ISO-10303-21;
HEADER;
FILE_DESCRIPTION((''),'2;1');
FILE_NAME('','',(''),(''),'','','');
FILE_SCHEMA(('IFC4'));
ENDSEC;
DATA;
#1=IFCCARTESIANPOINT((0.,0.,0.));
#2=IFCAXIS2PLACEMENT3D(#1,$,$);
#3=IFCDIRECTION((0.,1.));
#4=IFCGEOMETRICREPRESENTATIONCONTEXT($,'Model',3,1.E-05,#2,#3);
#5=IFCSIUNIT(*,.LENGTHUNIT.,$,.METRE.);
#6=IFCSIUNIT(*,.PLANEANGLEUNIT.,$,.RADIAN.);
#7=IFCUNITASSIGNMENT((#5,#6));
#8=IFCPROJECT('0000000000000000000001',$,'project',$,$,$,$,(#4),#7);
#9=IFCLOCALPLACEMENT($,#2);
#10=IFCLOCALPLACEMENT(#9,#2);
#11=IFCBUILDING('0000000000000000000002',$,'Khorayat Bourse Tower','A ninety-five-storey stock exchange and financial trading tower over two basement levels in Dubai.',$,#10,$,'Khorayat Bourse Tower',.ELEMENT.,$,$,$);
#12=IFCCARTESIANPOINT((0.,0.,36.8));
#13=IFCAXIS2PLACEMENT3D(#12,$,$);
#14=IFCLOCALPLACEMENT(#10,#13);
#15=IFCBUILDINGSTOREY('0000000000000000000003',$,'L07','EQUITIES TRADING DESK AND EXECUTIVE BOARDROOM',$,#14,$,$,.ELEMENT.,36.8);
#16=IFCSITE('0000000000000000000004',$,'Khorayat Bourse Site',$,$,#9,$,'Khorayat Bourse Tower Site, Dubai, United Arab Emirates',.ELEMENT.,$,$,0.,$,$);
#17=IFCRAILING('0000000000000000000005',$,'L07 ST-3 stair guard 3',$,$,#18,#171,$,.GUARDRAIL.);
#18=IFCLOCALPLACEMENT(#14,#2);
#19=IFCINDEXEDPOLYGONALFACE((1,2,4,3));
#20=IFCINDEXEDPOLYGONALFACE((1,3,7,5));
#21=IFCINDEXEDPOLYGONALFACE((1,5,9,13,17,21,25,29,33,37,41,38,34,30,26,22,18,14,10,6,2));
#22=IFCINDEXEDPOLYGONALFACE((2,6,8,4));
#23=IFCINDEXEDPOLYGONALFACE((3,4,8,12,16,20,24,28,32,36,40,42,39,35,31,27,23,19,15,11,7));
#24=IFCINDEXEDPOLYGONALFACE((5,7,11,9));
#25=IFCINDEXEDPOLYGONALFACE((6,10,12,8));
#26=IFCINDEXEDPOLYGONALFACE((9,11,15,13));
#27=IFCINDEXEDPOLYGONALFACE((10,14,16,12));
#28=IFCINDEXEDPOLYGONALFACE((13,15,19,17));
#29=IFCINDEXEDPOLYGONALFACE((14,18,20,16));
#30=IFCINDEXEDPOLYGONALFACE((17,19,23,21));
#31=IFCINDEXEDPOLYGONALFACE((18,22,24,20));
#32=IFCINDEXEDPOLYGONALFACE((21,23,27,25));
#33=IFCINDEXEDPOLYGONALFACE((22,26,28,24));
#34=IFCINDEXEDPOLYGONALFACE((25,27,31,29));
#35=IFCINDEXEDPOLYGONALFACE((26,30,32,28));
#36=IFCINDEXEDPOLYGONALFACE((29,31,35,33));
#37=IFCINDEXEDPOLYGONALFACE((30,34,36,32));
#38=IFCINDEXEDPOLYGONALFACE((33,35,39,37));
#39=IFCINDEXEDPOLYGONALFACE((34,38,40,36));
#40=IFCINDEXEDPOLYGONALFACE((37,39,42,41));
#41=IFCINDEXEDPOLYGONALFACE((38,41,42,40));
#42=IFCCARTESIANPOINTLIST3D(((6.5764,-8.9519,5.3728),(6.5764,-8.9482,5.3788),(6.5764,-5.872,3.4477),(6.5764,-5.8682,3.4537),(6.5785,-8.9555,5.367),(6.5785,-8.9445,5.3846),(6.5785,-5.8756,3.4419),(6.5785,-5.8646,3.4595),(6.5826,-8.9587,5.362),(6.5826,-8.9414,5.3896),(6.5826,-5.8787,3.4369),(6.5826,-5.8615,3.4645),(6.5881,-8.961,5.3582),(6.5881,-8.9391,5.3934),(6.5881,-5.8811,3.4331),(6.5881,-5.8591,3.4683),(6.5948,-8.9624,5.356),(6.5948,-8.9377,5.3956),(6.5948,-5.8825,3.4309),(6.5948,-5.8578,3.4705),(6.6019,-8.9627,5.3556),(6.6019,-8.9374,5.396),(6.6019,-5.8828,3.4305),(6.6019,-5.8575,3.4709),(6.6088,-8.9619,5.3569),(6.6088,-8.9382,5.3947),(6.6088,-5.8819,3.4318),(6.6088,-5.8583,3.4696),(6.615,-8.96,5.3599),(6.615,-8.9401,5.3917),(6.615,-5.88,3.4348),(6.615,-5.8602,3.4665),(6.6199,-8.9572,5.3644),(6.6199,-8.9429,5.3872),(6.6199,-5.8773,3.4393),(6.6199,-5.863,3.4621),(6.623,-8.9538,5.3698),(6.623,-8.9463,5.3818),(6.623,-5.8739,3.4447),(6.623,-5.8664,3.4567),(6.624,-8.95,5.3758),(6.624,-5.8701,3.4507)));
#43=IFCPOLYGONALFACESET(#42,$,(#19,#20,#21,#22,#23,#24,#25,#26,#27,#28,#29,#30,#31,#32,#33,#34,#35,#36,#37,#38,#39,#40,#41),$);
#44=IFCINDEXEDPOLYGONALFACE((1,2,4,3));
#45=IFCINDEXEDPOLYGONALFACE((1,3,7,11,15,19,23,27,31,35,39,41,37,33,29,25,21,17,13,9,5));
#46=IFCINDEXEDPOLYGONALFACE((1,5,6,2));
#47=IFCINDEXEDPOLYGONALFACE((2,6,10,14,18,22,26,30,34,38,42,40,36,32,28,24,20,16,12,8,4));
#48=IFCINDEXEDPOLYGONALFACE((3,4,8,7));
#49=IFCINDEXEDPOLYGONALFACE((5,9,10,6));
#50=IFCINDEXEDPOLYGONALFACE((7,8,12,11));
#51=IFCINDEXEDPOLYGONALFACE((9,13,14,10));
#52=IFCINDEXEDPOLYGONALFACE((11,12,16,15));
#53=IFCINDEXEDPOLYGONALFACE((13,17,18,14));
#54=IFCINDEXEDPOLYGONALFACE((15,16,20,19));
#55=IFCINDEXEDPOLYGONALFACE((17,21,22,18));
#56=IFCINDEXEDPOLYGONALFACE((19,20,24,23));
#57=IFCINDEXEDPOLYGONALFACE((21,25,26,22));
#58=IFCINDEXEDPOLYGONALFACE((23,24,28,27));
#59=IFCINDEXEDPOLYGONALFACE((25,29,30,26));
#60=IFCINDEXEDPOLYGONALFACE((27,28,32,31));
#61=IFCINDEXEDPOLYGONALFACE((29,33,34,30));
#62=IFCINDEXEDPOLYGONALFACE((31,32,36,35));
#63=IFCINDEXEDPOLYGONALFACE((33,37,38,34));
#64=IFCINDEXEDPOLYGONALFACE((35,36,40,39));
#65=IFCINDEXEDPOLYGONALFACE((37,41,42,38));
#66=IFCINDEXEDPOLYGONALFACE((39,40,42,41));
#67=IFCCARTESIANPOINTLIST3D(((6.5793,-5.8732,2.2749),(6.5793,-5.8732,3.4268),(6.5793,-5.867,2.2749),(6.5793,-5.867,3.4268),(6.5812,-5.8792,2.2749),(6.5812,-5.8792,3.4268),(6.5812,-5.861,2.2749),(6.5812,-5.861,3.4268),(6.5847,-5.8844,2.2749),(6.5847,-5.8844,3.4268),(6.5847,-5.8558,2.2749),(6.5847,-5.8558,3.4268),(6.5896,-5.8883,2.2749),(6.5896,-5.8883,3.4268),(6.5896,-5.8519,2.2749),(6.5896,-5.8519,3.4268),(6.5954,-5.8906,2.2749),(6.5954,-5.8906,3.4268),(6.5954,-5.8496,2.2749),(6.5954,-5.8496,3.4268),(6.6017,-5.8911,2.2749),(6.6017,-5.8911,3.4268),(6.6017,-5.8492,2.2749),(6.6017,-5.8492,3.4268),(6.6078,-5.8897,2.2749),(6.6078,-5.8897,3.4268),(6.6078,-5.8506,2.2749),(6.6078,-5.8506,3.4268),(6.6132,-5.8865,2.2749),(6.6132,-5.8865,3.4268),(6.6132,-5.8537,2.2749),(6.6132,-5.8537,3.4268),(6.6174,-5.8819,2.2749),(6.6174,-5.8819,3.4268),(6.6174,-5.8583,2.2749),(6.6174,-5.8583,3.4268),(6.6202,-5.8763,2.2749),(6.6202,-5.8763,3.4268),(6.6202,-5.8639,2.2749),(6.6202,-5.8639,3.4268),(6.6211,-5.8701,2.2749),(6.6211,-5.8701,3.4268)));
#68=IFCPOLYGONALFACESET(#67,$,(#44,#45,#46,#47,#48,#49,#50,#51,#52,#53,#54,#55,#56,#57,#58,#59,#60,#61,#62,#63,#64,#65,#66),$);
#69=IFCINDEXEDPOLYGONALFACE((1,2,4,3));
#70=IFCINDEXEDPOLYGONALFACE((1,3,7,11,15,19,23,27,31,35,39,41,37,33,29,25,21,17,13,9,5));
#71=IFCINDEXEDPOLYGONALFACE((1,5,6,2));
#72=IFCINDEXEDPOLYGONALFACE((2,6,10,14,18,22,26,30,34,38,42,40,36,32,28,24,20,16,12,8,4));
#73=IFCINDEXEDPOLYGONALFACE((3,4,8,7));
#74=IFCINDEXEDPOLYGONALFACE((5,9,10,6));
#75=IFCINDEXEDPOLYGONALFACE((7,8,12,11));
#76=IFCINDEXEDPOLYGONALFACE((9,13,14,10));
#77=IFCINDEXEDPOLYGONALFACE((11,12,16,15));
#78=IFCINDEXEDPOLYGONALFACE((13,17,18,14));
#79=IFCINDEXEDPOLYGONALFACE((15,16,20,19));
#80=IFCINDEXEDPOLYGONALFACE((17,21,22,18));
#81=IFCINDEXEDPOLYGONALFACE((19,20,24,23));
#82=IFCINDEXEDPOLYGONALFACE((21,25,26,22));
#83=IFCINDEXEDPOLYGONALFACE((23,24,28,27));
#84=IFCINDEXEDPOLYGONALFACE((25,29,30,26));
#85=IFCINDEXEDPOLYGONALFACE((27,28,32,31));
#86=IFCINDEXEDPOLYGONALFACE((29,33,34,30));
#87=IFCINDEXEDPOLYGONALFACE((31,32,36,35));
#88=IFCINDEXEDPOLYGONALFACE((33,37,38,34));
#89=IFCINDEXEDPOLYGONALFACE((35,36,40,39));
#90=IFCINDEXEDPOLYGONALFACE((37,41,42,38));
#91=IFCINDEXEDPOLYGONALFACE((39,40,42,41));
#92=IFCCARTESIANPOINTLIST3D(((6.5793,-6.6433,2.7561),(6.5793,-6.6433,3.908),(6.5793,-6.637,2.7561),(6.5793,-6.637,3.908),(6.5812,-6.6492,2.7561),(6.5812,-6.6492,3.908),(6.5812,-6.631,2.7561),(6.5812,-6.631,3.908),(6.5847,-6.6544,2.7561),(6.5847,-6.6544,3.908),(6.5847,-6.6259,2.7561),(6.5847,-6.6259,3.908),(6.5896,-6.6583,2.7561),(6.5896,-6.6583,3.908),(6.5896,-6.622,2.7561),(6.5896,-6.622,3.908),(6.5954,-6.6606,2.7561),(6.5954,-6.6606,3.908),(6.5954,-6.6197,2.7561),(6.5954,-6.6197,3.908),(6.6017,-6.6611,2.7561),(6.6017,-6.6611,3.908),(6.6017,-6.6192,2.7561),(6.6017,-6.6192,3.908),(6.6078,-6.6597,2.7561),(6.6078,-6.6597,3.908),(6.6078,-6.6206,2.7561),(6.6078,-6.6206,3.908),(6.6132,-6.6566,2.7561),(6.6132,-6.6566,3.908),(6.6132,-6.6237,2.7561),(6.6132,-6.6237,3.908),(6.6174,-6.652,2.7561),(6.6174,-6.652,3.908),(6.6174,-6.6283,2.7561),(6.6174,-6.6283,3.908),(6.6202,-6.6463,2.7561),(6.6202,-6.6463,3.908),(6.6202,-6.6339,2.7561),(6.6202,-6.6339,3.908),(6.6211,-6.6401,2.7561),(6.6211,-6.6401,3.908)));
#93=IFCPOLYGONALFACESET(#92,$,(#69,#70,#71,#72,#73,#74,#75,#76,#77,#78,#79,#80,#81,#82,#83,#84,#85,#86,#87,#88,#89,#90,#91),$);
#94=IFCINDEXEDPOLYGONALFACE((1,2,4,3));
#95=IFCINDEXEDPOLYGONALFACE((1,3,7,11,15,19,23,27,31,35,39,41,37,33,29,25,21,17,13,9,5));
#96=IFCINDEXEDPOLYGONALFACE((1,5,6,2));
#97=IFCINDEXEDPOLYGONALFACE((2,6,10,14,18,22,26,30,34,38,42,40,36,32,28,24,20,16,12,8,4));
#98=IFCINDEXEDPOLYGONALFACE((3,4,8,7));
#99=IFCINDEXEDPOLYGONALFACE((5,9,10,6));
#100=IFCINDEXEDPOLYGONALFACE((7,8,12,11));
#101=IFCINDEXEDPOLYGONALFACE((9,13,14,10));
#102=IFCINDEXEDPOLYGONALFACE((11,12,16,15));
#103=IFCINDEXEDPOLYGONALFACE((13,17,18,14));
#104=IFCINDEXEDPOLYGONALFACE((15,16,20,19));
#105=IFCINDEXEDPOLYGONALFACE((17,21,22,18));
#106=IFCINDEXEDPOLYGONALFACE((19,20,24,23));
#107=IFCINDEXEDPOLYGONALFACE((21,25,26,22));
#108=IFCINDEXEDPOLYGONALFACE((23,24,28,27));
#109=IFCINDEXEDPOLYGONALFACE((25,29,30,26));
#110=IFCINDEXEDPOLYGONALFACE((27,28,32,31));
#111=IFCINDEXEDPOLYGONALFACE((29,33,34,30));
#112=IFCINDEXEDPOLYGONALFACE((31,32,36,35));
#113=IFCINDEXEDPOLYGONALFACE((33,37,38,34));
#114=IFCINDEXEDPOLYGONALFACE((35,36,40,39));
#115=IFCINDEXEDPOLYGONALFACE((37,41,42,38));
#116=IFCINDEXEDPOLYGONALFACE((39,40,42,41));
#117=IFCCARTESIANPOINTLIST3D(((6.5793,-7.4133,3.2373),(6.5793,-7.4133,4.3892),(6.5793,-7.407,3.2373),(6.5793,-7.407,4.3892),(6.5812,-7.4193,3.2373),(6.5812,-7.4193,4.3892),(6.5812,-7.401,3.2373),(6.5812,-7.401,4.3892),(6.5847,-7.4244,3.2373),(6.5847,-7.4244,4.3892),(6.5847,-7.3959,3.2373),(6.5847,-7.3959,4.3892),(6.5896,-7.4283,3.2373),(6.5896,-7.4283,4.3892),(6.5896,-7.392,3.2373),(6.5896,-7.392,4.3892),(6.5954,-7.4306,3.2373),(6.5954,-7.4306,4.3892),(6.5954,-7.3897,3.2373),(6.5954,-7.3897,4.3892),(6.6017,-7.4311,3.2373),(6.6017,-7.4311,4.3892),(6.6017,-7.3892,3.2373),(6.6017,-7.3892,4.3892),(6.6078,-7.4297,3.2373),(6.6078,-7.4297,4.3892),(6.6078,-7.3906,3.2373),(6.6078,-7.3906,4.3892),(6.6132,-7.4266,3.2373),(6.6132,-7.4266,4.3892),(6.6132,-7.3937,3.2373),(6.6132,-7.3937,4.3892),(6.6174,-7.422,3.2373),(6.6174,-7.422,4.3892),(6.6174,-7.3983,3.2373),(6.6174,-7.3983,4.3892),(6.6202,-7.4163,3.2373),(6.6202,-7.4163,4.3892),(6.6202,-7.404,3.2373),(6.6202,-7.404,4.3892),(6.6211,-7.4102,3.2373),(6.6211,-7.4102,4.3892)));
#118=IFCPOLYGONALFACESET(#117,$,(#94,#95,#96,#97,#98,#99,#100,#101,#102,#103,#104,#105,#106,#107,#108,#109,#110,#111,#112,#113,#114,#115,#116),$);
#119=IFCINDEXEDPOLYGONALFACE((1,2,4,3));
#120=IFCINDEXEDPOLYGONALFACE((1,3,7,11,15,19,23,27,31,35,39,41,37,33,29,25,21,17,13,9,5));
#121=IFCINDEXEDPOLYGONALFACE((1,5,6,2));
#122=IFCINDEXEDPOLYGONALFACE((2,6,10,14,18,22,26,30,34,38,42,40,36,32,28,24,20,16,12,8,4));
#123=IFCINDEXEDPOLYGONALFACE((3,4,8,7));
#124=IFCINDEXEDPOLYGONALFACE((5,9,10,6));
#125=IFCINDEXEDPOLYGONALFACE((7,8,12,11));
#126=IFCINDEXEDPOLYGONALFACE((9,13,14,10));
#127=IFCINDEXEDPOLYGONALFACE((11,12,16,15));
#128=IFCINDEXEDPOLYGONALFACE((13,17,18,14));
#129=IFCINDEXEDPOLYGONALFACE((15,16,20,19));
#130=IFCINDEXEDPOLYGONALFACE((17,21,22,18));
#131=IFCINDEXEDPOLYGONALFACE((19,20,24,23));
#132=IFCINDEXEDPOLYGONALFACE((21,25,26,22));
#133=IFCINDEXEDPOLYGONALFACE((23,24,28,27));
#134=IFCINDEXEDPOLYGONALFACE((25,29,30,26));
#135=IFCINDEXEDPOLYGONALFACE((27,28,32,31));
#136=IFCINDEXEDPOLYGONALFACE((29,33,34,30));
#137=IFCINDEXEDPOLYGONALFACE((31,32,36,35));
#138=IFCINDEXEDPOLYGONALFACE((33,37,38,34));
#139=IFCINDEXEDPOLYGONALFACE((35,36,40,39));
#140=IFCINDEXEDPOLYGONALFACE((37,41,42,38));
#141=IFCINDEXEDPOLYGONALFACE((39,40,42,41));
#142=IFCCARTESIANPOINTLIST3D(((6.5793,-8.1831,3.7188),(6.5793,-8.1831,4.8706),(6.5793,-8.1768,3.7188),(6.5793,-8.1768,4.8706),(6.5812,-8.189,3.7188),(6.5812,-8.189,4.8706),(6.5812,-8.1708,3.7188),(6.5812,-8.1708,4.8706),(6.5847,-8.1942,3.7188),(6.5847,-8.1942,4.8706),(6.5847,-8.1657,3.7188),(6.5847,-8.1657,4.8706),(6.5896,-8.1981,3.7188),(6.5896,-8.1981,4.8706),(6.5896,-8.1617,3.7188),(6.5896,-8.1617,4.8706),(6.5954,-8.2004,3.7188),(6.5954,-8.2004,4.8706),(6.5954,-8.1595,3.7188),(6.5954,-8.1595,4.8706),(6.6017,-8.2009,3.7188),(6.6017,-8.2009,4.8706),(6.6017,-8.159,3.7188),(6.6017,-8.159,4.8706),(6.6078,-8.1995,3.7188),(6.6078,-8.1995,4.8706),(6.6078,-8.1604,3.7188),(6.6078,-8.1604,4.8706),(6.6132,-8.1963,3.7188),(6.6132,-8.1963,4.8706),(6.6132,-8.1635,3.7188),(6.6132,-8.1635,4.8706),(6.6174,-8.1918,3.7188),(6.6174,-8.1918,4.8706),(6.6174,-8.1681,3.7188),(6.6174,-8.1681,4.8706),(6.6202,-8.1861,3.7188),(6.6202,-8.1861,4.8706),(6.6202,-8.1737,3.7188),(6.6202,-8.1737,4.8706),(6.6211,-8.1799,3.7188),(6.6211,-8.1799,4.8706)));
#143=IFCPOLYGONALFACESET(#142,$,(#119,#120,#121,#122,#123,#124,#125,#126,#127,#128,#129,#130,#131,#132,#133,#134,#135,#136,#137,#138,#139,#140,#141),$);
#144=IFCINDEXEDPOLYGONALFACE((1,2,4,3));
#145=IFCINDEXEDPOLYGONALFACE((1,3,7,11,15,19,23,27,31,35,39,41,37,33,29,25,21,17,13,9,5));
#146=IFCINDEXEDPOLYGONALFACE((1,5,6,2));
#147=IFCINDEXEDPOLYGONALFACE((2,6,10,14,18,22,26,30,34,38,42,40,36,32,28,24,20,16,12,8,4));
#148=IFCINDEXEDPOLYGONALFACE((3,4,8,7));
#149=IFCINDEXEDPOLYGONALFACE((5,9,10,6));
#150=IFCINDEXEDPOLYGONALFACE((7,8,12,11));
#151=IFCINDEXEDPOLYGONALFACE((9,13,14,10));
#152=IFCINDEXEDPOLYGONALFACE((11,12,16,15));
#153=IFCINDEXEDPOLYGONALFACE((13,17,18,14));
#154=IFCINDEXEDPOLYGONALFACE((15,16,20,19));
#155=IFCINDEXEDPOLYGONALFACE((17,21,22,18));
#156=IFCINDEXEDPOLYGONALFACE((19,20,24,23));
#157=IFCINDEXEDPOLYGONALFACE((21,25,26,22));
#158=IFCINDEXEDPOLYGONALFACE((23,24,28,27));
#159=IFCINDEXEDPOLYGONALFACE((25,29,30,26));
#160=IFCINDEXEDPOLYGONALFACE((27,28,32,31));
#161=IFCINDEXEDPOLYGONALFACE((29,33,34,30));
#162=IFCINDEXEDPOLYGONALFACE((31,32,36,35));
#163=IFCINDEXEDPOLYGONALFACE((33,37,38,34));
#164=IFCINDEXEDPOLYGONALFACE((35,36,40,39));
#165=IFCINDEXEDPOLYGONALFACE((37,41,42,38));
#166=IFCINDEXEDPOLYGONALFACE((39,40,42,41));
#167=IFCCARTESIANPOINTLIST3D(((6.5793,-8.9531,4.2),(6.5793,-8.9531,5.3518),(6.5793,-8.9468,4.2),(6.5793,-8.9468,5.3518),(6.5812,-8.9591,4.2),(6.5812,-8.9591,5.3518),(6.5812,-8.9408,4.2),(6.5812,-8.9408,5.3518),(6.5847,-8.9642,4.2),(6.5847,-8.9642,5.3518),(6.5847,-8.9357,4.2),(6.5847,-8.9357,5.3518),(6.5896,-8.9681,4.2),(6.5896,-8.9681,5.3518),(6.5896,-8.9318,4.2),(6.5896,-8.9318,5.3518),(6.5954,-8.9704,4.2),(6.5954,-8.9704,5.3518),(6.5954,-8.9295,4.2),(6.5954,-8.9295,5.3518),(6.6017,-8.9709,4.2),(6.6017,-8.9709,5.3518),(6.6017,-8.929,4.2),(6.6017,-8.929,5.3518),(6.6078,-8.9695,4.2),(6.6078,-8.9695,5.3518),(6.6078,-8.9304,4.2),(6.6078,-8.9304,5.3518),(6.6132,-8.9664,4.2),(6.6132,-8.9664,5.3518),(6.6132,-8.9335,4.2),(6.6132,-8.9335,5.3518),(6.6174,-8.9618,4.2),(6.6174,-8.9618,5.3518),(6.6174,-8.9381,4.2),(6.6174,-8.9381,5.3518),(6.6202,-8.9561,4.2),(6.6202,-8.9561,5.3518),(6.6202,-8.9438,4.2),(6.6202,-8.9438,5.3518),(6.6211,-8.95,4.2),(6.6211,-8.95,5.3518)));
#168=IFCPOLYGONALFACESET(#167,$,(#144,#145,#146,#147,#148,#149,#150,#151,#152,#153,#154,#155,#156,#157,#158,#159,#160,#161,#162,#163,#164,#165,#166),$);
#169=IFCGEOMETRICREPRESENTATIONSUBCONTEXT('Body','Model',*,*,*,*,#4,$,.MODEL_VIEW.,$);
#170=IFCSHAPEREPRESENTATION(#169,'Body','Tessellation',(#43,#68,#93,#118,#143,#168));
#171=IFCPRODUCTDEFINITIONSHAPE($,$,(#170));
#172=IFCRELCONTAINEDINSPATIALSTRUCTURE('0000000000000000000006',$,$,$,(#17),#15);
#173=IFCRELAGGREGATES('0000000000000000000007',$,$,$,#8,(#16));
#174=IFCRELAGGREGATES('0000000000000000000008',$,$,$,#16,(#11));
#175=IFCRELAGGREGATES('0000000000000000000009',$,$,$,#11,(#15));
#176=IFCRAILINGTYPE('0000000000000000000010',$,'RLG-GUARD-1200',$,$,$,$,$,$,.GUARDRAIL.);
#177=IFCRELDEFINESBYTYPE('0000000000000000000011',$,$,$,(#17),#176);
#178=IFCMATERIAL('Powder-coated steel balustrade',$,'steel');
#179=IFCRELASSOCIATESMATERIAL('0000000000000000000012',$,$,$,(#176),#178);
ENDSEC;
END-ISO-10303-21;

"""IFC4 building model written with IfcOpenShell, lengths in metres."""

from ifc_helpers import new_model, si_unit, direction, frame, origin, origin_2d, place, context, subcontext, project, spatial, circle, extrude, source, transform, mapped, material, type_object, element, save


model = new_model("IFC4")

# Units and contexts
model_context = context("Model", 3, precision=1e-05, world=origin(), true_north=direction((0.0, 1.0)))
body_context = subcontext(model_context, "Body", "Model", "MODEL_VIEW")
ifc_project = project(units=[si_unit("LENGTHUNIT", "METRE"), si_unit("PLANEANGLEUNIT", "RADIAN")], contexts=[model_context])

# Site, building, storey
site_placement = place(None, origin())
site = spatial("IfcSite", under=ifc_project, at=site_placement, Name="Khorayat Bourse Site", LongName="Khorayat Bourse Tower Site, Dubai, United Arab Emirates", CompositionType="ELEMENT", RefElevation=0.0)
building_placement = place(site_placement, origin())
building = spatial("IfcBuilding", under=site, at=building_placement, Name="Khorayat Bourse Tower", Description="A ninety-five-storey stock exchange and financial trading tower over two basement levels in Dubai.", LongName="Khorayat Bourse Tower", CompositionType="ELEMENT")
storey_placement = place(building_placement, frame((0.0, 0.0, 36.8)))
storey = spatial("IfcBuildingStorey", under=building, at=storey_placement, Name="L07", Description="EQUITIES TRADING DESK AND EXECUTIVE BOARDROOM", CompositionType="ELEMENT", Elevation=36.8)

# Railing
ifc_material_1 = material(Name="Powder-coated steel balustrade", Category="steel")
railing_type_1 = type_object("IfcRailingType", Name="RLG-GUARD-1200", PredefinedType="GUARDRAIL", material=ifc_material_1)
shared_shape_1 = source(origin(), body_context, "Body", "SweptSolid", [
    extrude(circle(Radius=0.0239, at=origin_2d()), frame((0.0, 0.0, 1.1758), z_axis=(0.0, -0.847979, 0.530029), x_axis=(1.0, 0.0, 0.0)), (0.0, 0.0, 1.0), 3.6321),
    extrude(circle(Radius=0.021, at=origin_2d()), origin(), (0.0, 0.0, 1.0), 1.1519),
    extrude(circle(Radius=0.021, at=origin_2d()), frame((0.0, -0.77, 0.4812)), (0.0, 0.0, 1.0), 1.1519),
    extrude(circle(Radius=0.021, at=origin_2d()), frame((0.0, -1.54, 0.9624)), (0.0, 0.0, 1.0), 1.1519),
    extrude(circle(Radius=0.021, at=origin_2d()), frame((0.0, -2.3098, 1.4438)), (0.0, 0.0, 1.0), 1.1519),
    extrude(circle(Radius=0.021, at=origin_2d()), frame((0.0, -3.0798, 1.925)), (0.0, 0.0, 1.0), 1.1519),
])
railing_1_placement = place(storey_placement, frame((6.6001, -5.8701, 2.2749)))
element("IfcRailing", 1, at=railing_1_placement, inside=storey, type_object=railing_type_1, Name="L07 ST-3 stair guard 3", PredefinedType="GUARDRAIL", context=body_context, shape_type="MappedRepresentation", body=[
    mapped(shared_shape_1, transform((0.0, 0.0, 0.0), scale=1.0)),
])

save(model, "model.ifc")
